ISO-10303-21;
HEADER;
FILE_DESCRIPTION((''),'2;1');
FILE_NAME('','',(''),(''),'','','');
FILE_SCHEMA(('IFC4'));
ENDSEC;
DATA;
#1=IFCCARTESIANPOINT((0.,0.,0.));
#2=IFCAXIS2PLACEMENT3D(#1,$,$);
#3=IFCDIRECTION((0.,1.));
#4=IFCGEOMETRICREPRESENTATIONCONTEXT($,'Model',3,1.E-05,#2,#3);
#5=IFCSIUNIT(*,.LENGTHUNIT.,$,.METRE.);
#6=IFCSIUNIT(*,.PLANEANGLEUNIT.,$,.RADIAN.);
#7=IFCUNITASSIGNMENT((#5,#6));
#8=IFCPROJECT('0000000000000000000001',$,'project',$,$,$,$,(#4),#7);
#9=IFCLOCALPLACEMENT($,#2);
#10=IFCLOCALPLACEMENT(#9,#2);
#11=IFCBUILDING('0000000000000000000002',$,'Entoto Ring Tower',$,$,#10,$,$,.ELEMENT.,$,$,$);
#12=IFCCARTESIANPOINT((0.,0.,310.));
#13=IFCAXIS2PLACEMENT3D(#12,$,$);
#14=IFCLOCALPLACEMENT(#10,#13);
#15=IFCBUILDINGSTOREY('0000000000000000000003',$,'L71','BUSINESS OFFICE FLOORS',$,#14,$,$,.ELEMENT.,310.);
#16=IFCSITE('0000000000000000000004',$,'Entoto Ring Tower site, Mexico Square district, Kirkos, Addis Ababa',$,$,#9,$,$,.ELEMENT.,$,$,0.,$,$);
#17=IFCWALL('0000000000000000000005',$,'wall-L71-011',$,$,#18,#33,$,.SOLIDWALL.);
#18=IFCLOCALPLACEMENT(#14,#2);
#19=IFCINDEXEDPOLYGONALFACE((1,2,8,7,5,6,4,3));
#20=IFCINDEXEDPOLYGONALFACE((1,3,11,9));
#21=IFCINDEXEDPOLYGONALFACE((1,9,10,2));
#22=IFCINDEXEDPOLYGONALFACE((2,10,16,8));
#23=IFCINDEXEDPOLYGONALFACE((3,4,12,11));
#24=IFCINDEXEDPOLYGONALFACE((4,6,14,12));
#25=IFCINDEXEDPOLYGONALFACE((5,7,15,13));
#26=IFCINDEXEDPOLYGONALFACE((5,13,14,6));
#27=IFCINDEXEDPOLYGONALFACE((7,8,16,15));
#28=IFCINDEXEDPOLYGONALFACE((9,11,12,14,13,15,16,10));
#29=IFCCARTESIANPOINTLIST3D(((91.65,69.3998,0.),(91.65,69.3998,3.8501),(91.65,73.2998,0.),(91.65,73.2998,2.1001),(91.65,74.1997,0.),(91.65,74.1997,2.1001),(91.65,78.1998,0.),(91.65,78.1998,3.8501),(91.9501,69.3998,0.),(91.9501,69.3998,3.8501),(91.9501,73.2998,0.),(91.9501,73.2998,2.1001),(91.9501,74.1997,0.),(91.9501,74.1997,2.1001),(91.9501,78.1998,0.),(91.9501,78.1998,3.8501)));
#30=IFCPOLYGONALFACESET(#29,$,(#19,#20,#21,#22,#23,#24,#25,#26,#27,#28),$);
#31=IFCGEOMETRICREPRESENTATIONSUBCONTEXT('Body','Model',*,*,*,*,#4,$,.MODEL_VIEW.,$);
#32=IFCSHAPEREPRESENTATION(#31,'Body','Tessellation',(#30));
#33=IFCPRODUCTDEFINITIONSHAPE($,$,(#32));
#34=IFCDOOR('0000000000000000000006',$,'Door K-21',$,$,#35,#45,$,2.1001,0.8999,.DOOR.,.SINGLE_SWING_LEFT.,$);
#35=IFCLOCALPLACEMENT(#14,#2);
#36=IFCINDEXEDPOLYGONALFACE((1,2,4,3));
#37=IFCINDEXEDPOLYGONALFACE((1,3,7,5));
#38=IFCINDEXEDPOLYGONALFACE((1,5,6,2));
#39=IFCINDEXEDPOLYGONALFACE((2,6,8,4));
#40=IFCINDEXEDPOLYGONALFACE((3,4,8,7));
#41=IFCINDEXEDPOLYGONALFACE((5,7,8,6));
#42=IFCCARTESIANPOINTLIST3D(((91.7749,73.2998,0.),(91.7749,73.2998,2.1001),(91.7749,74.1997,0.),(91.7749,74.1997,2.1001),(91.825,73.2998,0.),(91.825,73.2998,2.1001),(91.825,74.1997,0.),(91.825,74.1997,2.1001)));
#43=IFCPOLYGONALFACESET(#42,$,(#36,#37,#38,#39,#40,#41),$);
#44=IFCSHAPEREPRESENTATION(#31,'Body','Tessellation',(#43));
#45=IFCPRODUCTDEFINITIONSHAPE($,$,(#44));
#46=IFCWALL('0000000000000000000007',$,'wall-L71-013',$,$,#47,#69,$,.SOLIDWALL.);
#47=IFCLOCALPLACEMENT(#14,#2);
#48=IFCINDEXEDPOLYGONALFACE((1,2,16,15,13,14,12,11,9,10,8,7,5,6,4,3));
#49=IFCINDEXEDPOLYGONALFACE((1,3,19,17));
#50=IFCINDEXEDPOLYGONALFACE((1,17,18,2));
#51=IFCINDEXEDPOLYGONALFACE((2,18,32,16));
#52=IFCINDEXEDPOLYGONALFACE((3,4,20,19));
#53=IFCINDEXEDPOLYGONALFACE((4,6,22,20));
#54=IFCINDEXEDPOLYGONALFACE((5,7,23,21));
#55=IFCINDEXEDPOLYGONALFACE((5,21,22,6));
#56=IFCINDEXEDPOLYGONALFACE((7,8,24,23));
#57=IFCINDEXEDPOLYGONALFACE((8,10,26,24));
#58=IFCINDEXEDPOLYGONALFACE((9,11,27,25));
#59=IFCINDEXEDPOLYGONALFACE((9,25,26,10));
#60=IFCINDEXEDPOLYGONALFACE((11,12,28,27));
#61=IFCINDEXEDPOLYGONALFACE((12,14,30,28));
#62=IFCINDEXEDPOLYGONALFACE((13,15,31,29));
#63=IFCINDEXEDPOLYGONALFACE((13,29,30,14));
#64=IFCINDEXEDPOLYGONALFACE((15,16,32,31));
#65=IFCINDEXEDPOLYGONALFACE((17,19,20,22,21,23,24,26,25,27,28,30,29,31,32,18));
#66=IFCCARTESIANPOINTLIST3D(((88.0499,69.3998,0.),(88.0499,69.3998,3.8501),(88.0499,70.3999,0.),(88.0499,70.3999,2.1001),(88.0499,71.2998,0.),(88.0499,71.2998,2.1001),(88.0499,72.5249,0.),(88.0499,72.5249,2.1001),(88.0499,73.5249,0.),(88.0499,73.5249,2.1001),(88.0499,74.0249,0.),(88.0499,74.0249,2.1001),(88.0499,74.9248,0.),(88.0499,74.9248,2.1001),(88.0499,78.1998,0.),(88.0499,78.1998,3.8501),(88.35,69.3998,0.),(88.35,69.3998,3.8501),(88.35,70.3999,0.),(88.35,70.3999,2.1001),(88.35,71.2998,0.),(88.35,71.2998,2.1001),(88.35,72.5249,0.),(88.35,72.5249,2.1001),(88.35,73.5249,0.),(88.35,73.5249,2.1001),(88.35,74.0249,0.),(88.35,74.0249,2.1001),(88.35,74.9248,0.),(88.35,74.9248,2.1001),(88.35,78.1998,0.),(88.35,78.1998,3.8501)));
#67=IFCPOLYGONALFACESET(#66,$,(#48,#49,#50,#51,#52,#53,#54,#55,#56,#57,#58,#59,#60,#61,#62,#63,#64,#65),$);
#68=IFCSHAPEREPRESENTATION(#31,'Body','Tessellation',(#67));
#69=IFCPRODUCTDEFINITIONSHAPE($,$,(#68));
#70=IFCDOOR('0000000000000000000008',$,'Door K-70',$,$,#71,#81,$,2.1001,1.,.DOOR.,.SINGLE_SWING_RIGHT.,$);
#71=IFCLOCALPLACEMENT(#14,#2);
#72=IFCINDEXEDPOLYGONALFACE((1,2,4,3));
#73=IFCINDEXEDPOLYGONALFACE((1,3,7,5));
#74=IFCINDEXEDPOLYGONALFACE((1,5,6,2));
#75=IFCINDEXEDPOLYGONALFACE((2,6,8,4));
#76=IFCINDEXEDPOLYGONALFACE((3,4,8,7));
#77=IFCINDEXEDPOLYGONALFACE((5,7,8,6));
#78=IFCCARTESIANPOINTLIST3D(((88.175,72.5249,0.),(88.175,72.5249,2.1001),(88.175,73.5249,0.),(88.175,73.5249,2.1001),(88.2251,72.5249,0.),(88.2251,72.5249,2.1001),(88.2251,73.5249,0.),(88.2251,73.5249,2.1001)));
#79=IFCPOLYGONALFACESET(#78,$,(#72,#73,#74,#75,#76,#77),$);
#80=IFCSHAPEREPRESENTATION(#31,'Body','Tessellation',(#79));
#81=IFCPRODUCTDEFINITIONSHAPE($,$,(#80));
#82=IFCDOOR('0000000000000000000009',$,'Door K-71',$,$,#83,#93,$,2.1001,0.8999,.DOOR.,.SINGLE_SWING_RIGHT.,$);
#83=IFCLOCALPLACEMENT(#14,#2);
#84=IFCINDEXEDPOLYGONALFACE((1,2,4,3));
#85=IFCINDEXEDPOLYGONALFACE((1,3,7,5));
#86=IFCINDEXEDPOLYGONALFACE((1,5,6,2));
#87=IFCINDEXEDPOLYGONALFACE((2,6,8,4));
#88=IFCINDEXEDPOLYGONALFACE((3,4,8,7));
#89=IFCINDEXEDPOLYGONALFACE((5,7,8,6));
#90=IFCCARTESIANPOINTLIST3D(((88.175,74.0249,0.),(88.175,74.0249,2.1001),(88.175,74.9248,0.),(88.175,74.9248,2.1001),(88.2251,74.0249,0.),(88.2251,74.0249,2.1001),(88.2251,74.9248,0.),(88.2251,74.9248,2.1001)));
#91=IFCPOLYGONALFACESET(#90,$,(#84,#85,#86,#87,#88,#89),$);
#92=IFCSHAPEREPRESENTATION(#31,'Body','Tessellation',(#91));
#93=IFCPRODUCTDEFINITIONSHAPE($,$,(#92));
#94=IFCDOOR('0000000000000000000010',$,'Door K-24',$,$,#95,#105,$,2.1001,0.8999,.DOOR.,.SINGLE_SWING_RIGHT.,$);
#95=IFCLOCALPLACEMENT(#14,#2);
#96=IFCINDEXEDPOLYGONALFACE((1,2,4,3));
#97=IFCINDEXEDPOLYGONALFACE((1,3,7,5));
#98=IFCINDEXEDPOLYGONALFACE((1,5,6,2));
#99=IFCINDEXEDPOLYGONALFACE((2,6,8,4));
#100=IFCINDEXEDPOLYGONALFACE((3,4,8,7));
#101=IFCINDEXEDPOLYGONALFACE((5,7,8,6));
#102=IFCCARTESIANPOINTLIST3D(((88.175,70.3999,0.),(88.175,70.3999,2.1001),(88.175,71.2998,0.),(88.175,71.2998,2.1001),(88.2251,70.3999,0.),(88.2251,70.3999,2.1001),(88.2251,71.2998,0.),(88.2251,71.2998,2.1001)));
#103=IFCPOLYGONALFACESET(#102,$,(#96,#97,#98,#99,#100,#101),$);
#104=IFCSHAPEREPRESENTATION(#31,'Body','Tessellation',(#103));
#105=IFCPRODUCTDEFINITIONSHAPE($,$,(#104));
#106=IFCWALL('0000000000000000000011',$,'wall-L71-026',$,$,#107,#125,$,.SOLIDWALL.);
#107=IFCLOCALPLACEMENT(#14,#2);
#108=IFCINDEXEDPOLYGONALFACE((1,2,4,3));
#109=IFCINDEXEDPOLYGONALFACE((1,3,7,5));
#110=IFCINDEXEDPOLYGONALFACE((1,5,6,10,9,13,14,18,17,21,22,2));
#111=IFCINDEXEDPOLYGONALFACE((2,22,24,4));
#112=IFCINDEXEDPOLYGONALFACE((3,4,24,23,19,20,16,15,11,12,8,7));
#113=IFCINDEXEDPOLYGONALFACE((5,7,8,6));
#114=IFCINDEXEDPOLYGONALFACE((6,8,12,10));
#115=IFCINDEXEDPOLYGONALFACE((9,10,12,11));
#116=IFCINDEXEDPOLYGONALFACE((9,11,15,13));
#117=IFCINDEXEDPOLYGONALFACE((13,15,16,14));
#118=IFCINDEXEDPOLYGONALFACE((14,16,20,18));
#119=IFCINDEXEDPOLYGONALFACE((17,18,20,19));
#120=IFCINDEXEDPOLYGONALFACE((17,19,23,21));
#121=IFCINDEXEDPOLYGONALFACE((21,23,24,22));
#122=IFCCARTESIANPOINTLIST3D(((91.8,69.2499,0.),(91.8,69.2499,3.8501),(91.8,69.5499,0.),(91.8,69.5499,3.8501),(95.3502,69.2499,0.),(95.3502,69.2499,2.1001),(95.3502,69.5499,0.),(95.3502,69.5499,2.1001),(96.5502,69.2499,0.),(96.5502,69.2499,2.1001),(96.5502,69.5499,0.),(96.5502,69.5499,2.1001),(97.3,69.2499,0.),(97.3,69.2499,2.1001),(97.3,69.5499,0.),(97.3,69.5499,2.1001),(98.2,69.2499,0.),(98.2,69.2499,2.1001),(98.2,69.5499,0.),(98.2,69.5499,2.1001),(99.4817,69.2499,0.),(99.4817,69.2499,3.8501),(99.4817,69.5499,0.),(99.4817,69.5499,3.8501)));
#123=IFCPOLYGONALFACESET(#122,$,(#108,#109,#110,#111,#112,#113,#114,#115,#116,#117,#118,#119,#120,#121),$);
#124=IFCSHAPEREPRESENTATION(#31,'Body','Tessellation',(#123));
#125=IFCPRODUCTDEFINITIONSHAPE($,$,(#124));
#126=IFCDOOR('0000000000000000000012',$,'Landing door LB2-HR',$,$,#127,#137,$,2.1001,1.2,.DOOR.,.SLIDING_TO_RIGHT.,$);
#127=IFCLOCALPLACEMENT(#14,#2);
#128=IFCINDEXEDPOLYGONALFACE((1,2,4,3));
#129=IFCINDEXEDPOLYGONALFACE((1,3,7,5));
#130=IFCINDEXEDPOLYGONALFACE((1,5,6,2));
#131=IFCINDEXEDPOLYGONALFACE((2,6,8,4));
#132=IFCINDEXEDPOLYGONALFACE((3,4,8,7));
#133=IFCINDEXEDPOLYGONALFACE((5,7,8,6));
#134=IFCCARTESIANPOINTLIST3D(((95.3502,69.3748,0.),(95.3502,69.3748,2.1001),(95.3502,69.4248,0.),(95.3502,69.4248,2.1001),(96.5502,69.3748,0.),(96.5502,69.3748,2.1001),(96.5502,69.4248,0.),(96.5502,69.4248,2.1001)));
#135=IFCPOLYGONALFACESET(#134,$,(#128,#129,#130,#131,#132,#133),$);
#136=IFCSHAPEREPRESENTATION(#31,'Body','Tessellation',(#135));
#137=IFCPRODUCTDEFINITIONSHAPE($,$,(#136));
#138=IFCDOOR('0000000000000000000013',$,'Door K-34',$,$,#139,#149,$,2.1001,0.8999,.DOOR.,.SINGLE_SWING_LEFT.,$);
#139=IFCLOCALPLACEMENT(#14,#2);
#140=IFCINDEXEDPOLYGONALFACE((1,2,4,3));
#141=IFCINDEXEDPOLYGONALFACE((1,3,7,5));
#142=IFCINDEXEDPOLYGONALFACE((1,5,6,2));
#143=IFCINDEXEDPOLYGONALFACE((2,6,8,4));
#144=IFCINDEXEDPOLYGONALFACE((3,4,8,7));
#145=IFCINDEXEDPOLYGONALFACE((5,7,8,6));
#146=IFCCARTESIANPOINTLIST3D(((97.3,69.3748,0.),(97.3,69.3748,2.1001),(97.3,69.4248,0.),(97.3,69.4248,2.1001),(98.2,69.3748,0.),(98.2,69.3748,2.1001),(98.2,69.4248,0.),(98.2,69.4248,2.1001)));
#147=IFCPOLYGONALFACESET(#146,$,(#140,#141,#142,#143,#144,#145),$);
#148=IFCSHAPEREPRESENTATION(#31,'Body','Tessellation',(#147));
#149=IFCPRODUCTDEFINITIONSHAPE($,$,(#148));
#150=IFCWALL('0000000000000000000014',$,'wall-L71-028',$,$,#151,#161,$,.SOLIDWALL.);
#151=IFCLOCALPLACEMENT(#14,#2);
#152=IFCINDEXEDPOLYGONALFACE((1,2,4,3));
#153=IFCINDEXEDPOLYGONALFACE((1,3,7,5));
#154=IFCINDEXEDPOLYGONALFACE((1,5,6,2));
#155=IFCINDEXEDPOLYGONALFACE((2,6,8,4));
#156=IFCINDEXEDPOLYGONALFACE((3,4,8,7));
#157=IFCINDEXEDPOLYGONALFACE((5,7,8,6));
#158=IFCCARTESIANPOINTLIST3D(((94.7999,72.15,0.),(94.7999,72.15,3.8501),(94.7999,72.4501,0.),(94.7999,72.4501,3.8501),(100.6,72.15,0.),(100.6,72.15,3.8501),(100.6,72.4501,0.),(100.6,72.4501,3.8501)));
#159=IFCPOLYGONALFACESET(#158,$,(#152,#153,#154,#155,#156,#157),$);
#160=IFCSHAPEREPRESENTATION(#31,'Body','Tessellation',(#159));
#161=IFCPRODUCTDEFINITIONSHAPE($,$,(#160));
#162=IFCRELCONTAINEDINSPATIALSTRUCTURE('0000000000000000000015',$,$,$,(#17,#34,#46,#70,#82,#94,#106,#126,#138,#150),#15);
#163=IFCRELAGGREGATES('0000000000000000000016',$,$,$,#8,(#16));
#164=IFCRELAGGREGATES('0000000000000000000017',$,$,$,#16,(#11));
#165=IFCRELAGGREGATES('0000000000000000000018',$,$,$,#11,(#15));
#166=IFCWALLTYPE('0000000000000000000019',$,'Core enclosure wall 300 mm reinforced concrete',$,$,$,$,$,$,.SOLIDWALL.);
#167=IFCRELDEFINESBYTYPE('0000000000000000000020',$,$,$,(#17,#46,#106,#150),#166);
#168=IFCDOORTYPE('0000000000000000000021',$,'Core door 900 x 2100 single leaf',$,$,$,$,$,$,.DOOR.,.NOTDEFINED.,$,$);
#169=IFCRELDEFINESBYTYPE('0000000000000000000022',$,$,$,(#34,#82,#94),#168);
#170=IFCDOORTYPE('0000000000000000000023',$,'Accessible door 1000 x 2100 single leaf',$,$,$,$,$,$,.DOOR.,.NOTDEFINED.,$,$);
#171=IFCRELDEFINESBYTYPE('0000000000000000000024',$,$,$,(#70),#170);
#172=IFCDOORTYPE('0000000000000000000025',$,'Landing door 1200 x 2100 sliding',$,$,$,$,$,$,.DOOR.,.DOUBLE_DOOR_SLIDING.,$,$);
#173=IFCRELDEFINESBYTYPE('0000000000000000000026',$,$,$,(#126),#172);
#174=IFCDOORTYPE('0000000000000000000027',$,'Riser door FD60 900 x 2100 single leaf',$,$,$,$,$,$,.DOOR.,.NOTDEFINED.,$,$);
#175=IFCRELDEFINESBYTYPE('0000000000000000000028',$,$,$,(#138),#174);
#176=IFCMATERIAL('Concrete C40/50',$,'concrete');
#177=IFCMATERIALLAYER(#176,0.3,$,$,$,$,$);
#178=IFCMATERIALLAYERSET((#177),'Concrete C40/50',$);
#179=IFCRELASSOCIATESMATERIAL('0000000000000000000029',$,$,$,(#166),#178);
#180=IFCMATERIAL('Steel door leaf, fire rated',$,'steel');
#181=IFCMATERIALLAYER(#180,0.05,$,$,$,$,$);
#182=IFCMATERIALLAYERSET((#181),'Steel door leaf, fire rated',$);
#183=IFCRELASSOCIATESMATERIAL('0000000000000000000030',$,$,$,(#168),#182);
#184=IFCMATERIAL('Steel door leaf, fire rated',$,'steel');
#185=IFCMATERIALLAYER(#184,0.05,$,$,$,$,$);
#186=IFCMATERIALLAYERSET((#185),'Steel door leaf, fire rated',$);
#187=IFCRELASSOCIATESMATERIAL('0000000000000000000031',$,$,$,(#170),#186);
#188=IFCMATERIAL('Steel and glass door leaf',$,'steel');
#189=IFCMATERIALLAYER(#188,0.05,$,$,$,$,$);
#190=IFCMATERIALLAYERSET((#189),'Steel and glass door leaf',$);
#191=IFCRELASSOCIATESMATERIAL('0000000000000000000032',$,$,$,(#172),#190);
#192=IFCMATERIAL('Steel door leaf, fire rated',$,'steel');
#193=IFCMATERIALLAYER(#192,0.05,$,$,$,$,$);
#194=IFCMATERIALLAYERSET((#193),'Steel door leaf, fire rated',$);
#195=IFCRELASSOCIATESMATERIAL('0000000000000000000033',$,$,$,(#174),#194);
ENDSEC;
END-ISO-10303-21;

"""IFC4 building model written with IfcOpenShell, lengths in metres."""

from ifc_helpers import new_model, si_unit, direction, frame, frame_2d, origin, place, context, subcontext, project, spatial, rectangle, extrude, material, layer, layer_set, type_object, element, fill, save


model = new_model("IFC4")

# Units and contexts
model_context = context("Model", 3, precision=1e-05, world=origin(), true_north=direction((0.0, 1.0)))
body_context = subcontext(model_context, "Body", "Model", "MODEL_VIEW")
ifc_project = project(units=[si_unit("LENGTHUNIT", "METRE"), si_unit("PLANEANGLEUNIT", "RADIAN")], contexts=[model_context])

# Site, building, storey
site_placement = place(None, origin())
site = spatial("IfcSite", under=ifc_project, at=site_placement, Name="Entoto Ring Tower site, Mexico Square district, Kirkos, Addis Ababa", CompositionType="ELEMENT", RefElevation=0.0)
building_placement = place(site_placement, origin())
building = spatial("IfcBuilding", under=site, at=building_placement, Name="Entoto Ring Tower", CompositionType="ELEMENT")
storey_placement = place(building_placement, frame((0.0, 0.0, 310.0)))
storey = spatial("IfcBuildingStorey", under=building, at=storey_placement, Name="L71", Description="BUSINESS OFFICE FLOORS", CompositionType="ELEMENT", Elevation=310.0)

# Shared definitions
ifc_material_1 = material(Name="Concrete C40/50", Category="concrete")
ifc_layer_1 = layer(ifc_material_1, 0.3)
ifc_layer_set_1 = layer_set([ifc_layer_1], Name="Concrete C40/50")
wall_type_1 = type_object("IfcWallType", Name="Core enclosure wall 300 mm reinforced concrete", PredefinedType="SOLIDWALL", material=ifc_layer_set_1)

# Wall, opening, door
wall_1_placement = place(storey_placement, frame((91.8, 69.3999, 0.0), z_axis=(0.0, 0.0, 1.0), x_axis=(0.0, 1.0, 0.0)))
wall_1 = element("IfcWall", 1, at=wall_1_placement, inside=storey, type_object=wall_type_1, Name="wall-L71-011", PredefinedType="SOLIDWALL", context=body_context, shape_type="SweptSolid", body=[
    extrude(rectangle(XDim=8.8, YDim=0.3, at=frame_2d((4.3999, 0.0))), origin(), (0.0, 0.0, 1.0), 3.8501),
])
opening_1_placement = place(wall_1_placement, frame((3.8999, 0.0, 0.0)))
opening_1 = element("IfcOpeningElement", 2, at=opening_1_placement, cuts=wall_1, PredefinedType="OPENING", context=body_context, shape_type="SweptSolid", body=[
    extrude(rectangle(XDim=0.8999, YDim=2.1001, at=frame_2d((0.45, 1.05))), frame((0.0, 0.1602, 0.0), z_axis=(0.0, -1.0, 0.0), x_axis=(1.0, 0.0, 0.0)), (0.0, 0.0, 1.0), 0.3201),
])
ifc_material_2 = material(Name="Steel door leaf, fire rated", Category="steel")
ifc_layer_2 = layer(ifc_material_2, 0.05)
ifc_layer_set_2 = layer_set([ifc_layer_2], Name="Steel door leaf, fire rated")
door_type_1 = type_object("IfcDoorType", Name="Core door 900 x 2100 single leaf", OperationType="NOTDEFINED", PredefinedType="DOOR", material=ifc_layer_set_2)
door_1_placement = place(opening_1_placement, frame((0.8999, 0.0, 0.0), z_axis=(0.0, 0.0, 1.0), x_axis=(-1.0, 0.0, 0.0)))
door_1 = element("IfcDoor", 3, at=door_1_placement, inside=storey, type_object=door_type_1, Name="Door K-21", OperationType="SINGLE_SWING_LEFT", OverallHeight=2.1001, OverallWidth=0.8999, PredefinedType="DOOR", context=body_context, shape_type="SweptSolid", body=[
    extrude(rectangle(XDim=0.8999, YDim=2.1001, at=frame_2d((0.45, 1.05))), frame((0.0, 0.0249, 0.0), z_axis=(0.0, -1.0, 0.0), x_axis=(1.0, 0.0, 0.0)), (0.0, 0.0, 1.0), 0.05),
])
fill(opening_1, door_1)

# Walls, openings, doors
wall_2_placement = place(storey_placement, frame((88.2, 69.3999, 0.0), z_axis=(0.0, 0.0, 1.0), x_axis=(0.0, 1.0, 0.0)))
wall_2 = element("IfcWall", 4, at=wall_2_placement, inside=storey, type_object=wall_type_1, Name="wall-L71-013", PredefinedType="SOLIDWALL", context=body_context, shape_type="SweptSolid", body=[
    extrude(rectangle(XDim=8.8, YDim=0.3, at=frame_2d((4.3999, 0.0))), origin(), (0.0, 0.0, 1.0), 3.8501),
])
opening_2_placement = place(wall_2_placement, frame((3.125, 0.0, 0.0)))
opening_2 = element("IfcOpeningElement", 5, at=opening_2_placement, cuts=wall_2, PredefinedType="OPENING", context=body_context, shape_type="SweptSolid", body=[
    extrude(rectangle(XDim=1.0, YDim=2.1001, at=frame_2d((0.5, 1.05))), frame((0.0, 0.1602, 0.0), z_axis=(0.0, -1.0, 0.0), x_axis=(1.0, 0.0, 0.0)), (0.0, 0.0, 1.0), 0.3201),
])
opening_3_placement = place(wall_2_placement, frame((4.625, 0.0, 0.0)))
opening_3 = element("IfcOpeningElement", 6, at=opening_3_placement, cuts=wall_2, PredefinedType="OPENING", context=body_context, shape_type="SweptSolid", body=[
    extrude(rectangle(XDim=0.8999, YDim=2.1001, at=frame_2d((0.45, 1.05))), frame((0.0, 0.1602, 0.0), z_axis=(0.0, -1.0, 0.0), x_axis=(1.0, 0.0, 0.0)), (0.0, 0.0, 1.0), 0.3201),
])
opening_4_placement = place(wall_2_placement, frame((1.0, 0.0, 0.0)))
opening_4 = element("IfcOpeningElement", 7, at=opening_4_placement, cuts=wall_2, PredefinedType="OPENING", context=body_context, shape_type="SweptSolid", body=[
    extrude(rectangle(XDim=0.8999, YDim=2.1001, at=frame_2d((0.45, 1.05))), frame((0.0, 0.1602, 0.0), z_axis=(0.0, -1.0, 0.0), x_axis=(1.0, 0.0, 0.0)), (0.0, 0.0, 1.0), 0.3201),
])
ifc_material_3 = material(Name="Steel door leaf, fire rated", Category="steel")
ifc_layer_3 = layer(ifc_material_3, 0.05)
ifc_layer_set_3 = layer_set([ifc_layer_3], Name="Steel door leaf, fire rated")
door_type_2 = type_object("IfcDoorType", Name="Accessible door 1000 x 2100 single leaf", OperationType="NOTDEFINED", PredefinedType="DOOR", material=ifc_layer_set_3)
door_2_placement = place(opening_2_placement, origin())
door_2 = element("IfcDoor", 8, at=door_2_placement, inside=storey, type_object=door_type_2, Name="Door K-70", OperationType="SINGLE_SWING_RIGHT", OverallHeight=2.1001, OverallWidth=1.0, PredefinedType="DOOR", context=body_context, shape_type="SweptSolid", body=[
    extrude(rectangle(XDim=1.0, YDim=2.1001, at=frame_2d((0.5, 1.05))), frame((0.0, 0.0249, 0.0), z_axis=(0.0, -1.0, 0.0), x_axis=(1.0, 0.0, 0.0)), (0.0, 0.0, 1.0), 0.05),
])
fill(opening_2, door_2)
door_3_placement = place(opening_3_placement, origin())
door_3 = element("IfcDoor", 9, at=door_3_placement, inside=storey, type_object=door_type_1, Name="Door K-71", OperationType="SINGLE_SWING_RIGHT", OverallHeight=2.1001, OverallWidth=0.8999, PredefinedType="DOOR", context=body_context, shape_type="SweptSolid", body=[
    extrude(rectangle(XDim=0.8999, YDim=2.1001, at=frame_2d((0.45, 1.05))), frame((0.0, 0.0249, 0.0), z_axis=(0.0, -1.0, 0.0), x_axis=(1.0, 0.0, 0.0)), (0.0, 0.0, 1.0), 0.05),
])
fill(opening_3, door_3)
door_4_placement = place(opening_4_placement, origin())
door_4 = element("IfcDoor", 10, at=door_4_placement, inside=storey, type_object=door_type_1, Name="Door K-24", OperationType="SINGLE_SWING_RIGHT", OverallHeight=2.1001, OverallWidth=0.8999, PredefinedType="DOOR", context=body_context, shape_type="SweptSolid", body=[
    extrude(rectangle(XDim=0.8999, YDim=2.1001, at=frame_2d((0.45, 1.05))), frame((0.0, 0.0249, 0.0), z_axis=(0.0, -1.0, 0.0), x_axis=(1.0, 0.0, 0.0)), (0.0, 0.0, 1.0), 0.05),
])
fill(opening_4, door_4)
wall_3_placement = place(storey_placement, frame((91.8, 69.3999, 0.0), z_axis=(0.0, 0.0, 1.0), x_axis=(1.0, 0.0, 0.0)))
wall_3 = element("IfcWall", 11, at=wall_3_placement, inside=storey, type_object=wall_type_1, Name="wall-L71-026", PredefinedType="SOLIDWALL", context=body_context, shape_type="SweptSolid", body=[
    extrude(rectangle(XDim=7.6816, YDim=0.3, at=frame_2d((3.8408, 0.0))), origin(), (0.0, 0.0, 1.0), 3.8501),
])
opening_5_placement = place(wall_3_placement, frame((3.55, 0.0, 0.0)))
opening_5 = element("IfcOpeningElement", 12, at=opening_5_placement, cuts=wall_3, PredefinedType="OPENING", context=body_context, shape_type="SweptSolid", body=[
    extrude(rectangle(XDim=1.2, YDim=2.1001, at=frame_2d((0.6001, 1.05))), frame((0.0, 0.1602, 0.0), z_axis=(0.0, -1.0, 0.0), x_axis=(1.0, 0.0, 0.0)), (0.0, 0.0, 1.0), 0.3201),
])
opening_6_placement = place(wall_3_placement, frame((5.5, 0.0, 0.0)))
opening_6 = element("IfcOpeningElement", 13, at=opening_6_placement, cuts=wall_3, PredefinedType="OPENING", context=body_context, shape_type="SweptSolid", body=[
    extrude(rectangle(XDim=0.8999, YDim=2.1001, at=frame_2d((0.45, 1.05))), frame((0.0, 0.1602, 0.0), z_axis=(0.0, -1.0, 0.0), x_axis=(1.0, 0.0, 0.0)), (0.0, 0.0, 1.0), 0.3201),
])
ifc_material_4 = material(Name="Steel and glass door leaf", Category="steel")
ifc_layer_4 = layer(ifc_material_4, 0.05)
ifc_layer_set_4 = layer_set([ifc_layer_4], Name="Steel and glass door leaf")
door_type_3 = type_object("IfcDoorType", Name="Landing door 1200 x 2100 sliding", OperationType="DOUBLE_DOOR_SLIDING", PredefinedType="DOOR", material=ifc_layer_set_4)
door_5_placement = place(opening_5_placement, origin())
door_5 = element("IfcDoor", 14, at=door_5_placement, inside=storey, type_object=door_type_3, Name="Landing door LB2-HR", OperationType="SLIDING_TO_RIGHT", OverallHeight=2.1001, OverallWidth=1.2, PredefinedType="DOOR", context=body_context, shape_type="SweptSolid", body=[
    extrude(rectangle(XDim=1.2, YDim=2.1001, at=frame_2d((0.6001, 1.05))), frame((0.0, 0.0249, 0.0), z_axis=(0.0, -1.0, 0.0), x_axis=(1.0, 0.0, 0.0)), (0.0, 0.0, 1.0), 0.05),
])
fill(opening_5, door_5)
ifc_material_5 = material(Name="Steel door leaf, fire rated", Category="steel")
ifc_layer_5 = layer(ifc_material_5, 0.05)
ifc_layer_set_5 = layer_set([ifc_layer_5], Name="Steel door leaf, fire rated")
door_type_4 = type_object("IfcDoorType", Name="Riser door FD60 900 x 2100 single leaf", OperationType="NOTDEFINED", PredefinedType="DOOR", material=ifc_layer_set_5)
door_6_placement = place(opening_6_placement, origin())
door_6 = element("IfcDoor", 15, at=door_6_placement, inside=storey, type_object=door_type_4, Name="Door K-34", OperationType="SINGLE_SWING_LEFT", OverallHeight=2.1001, OverallWidth=0.8999, PredefinedType="DOOR", context=body_context, shape_type="SweptSolid", body=[
    extrude(rectangle(XDim=0.8999, YDim=2.1001, at=frame_2d((0.45, 1.05))), frame((0.0, 0.0249, 0.0), z_axis=(0.0, -1.0, 0.0), x_axis=(1.0, 0.0, 0.0)), (0.0, 0.0, 1.0), 0.05),
])
fill(opening_6, door_6)

# Wall
wall_4_placement = place(storey_placement, frame((94.8, 72.3, 0.0), z_axis=(0.0, 0.0, 1.0), x_axis=(1.0, 0.0, 0.0)))
element("IfcWall", 16, at=wall_4_placement, inside=storey, type_object=wall_type_1, Name="wall-L71-028", PredefinedType="SOLIDWALL", context=body_context, shape_type="SweptSolid", body=[
    extrude(rectangle(XDim=5.8, YDim=0.3, at=frame_2d((2.8999, 0.0))), origin(), (0.0, 0.0, 1.0), 3.8501),
])

save(model, "model.ifc")
